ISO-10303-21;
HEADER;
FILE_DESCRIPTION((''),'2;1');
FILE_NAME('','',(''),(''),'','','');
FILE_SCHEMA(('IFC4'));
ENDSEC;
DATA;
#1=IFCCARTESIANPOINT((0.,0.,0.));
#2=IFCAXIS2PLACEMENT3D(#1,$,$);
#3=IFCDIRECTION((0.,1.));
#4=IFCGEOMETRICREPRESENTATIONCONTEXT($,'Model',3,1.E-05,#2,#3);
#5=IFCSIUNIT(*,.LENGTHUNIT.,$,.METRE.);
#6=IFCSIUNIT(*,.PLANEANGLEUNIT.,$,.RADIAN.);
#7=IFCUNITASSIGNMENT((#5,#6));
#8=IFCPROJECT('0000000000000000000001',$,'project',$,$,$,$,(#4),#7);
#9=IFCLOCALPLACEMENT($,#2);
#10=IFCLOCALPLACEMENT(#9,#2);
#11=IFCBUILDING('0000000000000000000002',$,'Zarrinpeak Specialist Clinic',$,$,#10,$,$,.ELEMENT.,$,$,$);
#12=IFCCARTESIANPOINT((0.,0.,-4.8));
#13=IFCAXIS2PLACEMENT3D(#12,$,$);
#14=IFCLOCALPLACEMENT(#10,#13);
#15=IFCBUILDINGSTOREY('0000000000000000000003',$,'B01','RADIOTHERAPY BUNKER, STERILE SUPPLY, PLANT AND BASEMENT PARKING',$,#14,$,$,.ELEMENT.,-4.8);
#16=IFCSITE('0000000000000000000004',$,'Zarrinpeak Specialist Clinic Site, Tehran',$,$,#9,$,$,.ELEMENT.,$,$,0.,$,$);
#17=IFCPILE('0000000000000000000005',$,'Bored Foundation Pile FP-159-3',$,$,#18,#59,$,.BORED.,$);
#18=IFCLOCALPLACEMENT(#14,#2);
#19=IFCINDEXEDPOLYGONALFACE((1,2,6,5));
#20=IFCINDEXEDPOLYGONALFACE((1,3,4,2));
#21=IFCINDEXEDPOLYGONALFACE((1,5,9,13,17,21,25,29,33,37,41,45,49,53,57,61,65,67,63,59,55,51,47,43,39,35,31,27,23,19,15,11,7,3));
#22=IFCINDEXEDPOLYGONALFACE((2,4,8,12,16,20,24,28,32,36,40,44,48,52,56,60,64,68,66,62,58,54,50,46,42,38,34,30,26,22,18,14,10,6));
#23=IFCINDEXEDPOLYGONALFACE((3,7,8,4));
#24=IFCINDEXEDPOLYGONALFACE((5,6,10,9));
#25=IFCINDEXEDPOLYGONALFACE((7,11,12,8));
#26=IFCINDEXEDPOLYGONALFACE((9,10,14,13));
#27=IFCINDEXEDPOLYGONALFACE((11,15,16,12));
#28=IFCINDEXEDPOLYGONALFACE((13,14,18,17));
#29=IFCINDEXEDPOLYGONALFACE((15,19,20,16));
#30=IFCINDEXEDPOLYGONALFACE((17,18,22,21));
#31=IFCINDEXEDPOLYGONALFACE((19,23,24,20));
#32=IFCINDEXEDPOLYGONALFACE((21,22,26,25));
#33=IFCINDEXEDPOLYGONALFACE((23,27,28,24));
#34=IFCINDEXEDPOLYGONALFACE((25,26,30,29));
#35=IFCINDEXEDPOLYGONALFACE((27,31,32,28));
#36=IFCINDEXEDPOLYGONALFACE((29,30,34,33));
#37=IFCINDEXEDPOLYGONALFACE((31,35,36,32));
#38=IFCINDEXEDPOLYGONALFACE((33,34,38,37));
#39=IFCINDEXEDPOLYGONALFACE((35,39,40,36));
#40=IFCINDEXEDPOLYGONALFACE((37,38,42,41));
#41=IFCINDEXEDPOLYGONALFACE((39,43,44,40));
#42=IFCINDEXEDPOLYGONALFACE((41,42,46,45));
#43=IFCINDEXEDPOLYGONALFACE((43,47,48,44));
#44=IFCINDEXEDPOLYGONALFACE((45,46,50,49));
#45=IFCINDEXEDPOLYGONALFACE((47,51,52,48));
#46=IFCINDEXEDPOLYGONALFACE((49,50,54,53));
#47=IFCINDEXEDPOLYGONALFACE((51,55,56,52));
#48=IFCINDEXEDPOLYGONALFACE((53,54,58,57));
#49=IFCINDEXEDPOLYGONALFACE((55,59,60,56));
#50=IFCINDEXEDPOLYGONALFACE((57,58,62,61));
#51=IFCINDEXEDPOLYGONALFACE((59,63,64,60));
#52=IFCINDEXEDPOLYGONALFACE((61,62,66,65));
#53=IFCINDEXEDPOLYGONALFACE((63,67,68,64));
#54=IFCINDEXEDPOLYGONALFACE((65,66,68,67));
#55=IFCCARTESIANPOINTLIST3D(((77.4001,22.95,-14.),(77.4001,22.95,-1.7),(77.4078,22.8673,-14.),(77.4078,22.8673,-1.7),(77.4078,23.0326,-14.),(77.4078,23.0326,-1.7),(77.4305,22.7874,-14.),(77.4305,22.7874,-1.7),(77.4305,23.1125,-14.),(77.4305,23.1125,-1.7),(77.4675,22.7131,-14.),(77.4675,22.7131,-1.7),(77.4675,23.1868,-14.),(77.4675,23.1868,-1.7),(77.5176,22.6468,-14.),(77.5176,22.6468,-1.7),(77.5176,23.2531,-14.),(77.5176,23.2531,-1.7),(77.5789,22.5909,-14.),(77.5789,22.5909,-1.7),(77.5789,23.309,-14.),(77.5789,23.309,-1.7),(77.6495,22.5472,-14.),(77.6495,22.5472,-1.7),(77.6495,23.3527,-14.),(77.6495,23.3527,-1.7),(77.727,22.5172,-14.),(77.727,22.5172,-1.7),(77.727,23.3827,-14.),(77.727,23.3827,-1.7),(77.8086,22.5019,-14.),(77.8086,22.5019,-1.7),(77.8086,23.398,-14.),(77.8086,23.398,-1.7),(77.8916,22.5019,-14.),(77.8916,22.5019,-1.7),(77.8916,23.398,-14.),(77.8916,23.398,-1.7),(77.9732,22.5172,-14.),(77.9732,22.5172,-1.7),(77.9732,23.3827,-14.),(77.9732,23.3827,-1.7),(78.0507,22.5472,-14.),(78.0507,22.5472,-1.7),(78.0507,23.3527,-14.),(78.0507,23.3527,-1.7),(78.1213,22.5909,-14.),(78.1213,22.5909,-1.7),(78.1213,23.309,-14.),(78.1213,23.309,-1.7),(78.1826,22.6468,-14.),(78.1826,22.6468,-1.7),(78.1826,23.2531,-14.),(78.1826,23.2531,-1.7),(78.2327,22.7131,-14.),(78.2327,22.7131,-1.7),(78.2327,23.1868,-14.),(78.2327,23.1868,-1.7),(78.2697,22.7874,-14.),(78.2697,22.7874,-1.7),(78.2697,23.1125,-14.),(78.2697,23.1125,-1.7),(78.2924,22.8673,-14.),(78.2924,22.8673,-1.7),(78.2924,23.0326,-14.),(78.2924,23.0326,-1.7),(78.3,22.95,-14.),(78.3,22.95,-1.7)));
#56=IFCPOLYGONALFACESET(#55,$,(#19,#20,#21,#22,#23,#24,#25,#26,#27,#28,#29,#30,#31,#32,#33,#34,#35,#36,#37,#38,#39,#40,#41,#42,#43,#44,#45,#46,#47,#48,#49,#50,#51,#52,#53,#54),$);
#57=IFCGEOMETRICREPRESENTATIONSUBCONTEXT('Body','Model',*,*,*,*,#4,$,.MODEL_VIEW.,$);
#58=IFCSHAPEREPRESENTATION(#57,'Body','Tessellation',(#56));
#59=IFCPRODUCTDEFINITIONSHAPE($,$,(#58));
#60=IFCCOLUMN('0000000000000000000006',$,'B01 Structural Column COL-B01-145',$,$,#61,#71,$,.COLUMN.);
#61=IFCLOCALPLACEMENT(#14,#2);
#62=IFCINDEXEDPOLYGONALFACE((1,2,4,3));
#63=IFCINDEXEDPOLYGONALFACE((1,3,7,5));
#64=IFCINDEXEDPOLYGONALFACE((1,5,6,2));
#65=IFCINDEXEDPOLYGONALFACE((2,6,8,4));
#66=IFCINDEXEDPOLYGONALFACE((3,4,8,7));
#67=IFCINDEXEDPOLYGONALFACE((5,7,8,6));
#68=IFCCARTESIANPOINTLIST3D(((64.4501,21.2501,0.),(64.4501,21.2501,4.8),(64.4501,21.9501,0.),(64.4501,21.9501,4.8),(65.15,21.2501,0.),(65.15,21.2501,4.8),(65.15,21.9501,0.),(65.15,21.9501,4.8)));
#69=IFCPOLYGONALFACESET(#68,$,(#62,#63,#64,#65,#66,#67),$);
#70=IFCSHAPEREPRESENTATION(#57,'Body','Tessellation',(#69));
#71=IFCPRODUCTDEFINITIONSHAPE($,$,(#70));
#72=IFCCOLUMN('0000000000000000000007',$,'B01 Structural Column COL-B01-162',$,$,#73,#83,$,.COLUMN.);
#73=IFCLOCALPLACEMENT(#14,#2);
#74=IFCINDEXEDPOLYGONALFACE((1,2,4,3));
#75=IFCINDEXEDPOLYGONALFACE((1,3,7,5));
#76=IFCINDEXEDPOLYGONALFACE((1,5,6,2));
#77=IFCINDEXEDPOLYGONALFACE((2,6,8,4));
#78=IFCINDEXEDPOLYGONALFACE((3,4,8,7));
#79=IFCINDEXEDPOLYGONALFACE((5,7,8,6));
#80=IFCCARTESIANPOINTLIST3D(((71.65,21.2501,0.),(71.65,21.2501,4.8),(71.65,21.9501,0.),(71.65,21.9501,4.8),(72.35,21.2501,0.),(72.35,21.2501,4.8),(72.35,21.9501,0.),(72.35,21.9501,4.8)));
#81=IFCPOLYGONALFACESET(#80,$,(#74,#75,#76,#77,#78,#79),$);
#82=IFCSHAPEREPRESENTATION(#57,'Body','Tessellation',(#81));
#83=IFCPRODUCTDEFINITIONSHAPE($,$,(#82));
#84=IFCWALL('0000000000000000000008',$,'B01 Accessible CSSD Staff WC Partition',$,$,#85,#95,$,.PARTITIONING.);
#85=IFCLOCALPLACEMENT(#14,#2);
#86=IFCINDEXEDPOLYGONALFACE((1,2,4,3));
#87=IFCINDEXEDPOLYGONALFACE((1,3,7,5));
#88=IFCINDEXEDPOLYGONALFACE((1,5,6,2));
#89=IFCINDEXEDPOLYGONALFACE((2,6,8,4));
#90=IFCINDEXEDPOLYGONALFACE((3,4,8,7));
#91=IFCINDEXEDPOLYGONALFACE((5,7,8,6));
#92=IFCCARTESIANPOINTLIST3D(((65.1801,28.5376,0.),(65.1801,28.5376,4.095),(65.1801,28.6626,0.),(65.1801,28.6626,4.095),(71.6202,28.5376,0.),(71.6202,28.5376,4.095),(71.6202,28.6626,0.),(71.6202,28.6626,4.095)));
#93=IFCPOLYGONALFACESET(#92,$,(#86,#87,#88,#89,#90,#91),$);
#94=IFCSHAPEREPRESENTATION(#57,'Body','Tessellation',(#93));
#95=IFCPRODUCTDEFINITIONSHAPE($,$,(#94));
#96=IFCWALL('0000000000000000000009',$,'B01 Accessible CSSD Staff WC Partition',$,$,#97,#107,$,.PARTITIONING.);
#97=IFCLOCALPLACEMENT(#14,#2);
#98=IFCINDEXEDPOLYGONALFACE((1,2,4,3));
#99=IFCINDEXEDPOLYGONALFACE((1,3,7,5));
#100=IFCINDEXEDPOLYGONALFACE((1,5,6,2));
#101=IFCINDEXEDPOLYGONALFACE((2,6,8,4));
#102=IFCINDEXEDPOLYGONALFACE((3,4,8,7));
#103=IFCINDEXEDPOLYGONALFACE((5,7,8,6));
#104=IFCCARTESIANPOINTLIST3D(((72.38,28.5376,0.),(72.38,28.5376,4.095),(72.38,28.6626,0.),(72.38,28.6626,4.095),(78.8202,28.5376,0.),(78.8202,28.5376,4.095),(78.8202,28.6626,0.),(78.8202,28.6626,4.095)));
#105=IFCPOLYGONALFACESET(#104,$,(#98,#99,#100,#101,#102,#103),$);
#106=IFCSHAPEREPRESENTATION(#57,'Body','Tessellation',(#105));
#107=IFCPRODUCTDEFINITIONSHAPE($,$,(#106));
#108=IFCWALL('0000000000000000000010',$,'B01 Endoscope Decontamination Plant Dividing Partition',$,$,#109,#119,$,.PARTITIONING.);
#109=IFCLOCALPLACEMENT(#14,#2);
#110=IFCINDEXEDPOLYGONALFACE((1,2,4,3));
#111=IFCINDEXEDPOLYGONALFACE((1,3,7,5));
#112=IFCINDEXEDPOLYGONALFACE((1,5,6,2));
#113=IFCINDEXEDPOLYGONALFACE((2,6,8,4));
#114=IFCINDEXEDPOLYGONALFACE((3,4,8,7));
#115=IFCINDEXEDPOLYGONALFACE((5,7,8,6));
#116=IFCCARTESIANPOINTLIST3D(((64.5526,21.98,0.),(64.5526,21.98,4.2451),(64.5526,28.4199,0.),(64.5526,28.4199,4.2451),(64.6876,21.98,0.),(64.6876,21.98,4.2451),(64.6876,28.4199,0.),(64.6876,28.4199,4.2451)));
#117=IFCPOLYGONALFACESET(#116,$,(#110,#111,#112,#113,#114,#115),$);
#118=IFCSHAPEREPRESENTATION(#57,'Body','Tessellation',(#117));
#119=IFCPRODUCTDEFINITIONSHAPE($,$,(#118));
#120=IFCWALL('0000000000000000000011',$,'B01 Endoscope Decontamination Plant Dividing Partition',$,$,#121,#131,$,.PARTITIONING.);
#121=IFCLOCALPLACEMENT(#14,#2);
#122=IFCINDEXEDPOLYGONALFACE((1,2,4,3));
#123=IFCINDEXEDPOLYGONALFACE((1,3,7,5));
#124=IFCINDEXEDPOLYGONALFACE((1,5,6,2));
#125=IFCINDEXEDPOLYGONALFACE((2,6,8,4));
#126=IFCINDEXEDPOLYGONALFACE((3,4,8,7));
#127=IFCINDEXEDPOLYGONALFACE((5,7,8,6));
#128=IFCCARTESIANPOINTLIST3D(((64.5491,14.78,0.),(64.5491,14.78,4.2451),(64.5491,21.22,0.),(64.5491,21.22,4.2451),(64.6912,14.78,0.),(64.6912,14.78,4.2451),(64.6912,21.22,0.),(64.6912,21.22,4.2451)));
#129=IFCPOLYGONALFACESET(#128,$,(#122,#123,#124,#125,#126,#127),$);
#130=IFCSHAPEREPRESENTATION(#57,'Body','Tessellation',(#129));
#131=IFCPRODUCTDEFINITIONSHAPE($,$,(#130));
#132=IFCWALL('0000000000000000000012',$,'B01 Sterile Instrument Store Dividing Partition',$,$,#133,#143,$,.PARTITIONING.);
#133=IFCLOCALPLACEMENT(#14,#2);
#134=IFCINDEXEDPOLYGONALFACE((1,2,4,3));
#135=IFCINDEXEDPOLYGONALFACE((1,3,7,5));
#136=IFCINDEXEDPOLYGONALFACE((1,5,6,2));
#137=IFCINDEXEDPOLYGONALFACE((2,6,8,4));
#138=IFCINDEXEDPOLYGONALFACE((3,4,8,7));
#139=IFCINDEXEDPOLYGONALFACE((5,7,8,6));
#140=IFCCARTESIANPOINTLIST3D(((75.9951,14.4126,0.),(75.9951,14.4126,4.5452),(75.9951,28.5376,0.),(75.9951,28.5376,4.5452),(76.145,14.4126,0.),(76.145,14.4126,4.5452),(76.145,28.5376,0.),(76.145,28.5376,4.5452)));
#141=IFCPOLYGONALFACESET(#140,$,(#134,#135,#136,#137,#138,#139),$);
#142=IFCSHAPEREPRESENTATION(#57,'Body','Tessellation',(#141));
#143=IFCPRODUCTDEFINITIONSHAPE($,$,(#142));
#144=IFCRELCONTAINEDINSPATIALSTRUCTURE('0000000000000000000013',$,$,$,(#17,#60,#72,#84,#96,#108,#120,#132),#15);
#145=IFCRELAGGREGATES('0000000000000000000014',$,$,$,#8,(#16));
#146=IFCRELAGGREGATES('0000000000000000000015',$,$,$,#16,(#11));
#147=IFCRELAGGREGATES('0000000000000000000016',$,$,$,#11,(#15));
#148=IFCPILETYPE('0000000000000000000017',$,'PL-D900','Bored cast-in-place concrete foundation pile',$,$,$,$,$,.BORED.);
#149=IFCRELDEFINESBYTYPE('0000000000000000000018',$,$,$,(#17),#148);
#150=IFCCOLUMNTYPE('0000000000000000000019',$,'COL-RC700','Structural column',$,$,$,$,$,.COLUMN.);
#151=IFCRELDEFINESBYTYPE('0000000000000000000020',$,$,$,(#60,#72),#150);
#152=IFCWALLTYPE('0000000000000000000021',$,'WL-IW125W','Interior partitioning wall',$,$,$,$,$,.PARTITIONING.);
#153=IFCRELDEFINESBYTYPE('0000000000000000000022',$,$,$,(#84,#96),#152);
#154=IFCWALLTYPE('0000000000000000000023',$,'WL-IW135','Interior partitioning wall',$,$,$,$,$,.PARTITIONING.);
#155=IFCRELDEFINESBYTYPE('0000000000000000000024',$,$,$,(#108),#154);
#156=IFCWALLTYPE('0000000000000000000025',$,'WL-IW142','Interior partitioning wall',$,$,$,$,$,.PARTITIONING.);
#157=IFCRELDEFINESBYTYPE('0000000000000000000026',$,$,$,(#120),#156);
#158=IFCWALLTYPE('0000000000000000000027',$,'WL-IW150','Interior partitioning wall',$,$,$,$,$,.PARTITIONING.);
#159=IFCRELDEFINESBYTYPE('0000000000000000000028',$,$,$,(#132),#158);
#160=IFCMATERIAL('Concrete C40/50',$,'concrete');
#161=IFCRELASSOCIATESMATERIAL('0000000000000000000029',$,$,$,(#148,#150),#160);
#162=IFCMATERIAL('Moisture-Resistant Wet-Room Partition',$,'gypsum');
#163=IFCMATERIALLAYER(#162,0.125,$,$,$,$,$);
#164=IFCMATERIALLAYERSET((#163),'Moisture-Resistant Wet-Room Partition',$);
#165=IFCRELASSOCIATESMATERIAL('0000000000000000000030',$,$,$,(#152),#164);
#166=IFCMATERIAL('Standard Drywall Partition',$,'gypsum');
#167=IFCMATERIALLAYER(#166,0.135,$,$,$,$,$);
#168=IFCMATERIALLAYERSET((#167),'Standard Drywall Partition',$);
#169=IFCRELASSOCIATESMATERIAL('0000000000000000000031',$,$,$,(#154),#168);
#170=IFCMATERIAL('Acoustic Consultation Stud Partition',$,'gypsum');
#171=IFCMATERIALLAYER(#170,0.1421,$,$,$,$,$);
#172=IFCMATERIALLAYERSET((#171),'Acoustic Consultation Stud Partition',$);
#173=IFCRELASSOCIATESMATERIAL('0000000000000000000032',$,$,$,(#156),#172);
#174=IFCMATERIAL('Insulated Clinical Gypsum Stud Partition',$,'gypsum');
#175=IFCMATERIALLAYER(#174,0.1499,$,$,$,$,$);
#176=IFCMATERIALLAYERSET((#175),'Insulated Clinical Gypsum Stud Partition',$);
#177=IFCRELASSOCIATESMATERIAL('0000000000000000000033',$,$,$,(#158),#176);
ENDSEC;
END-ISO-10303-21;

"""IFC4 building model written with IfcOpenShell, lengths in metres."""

from ifc_helpers import new_model, si_unit, direction, frame, frame_2d, origin, origin_2d, place, context, subcontext, project, spatial, rectangle, circle, extrude, material, layer, layer_set, material_profile, profile_set, type_object, element, save


model = new_model("IFC4")

# Units and contexts
model_context = context("Model", 3, precision=1e-05, world=origin(), true_north=direction((0.0, 1.0)))
body_context = subcontext(model_context, "Body", "Model", "MODEL_VIEW")
ifc_project = project(units=[si_unit("LENGTHUNIT", "METRE"), si_unit("PLANEANGLEUNIT", "RADIAN")], contexts=[model_context])

# Site, building, storey
site_placement = place(None, origin())
site = spatial("IfcSite", under=ifc_project, at=site_placement, Name="Zarrinpeak Specialist Clinic Site, Tehran", CompositionType="ELEMENT", RefElevation=0.0)
building_placement = place(site_placement, origin())
building = spatial("IfcBuilding", under=site, at=building_placement, Name="Zarrinpeak Specialist Clinic", CompositionType="ELEMENT")
storey_placement = place(building_placement, frame((0.0, 0.0, -4.8)))
storey = spatial("IfcBuildingStorey", under=building, at=storey_placement, Name="B01", Description="RADIOTHERAPY BUNKER, STERILE SUPPLY, PLANT AND BASEMENT PARKING", CompositionType="ELEMENT", Elevation=-4.8)

# Shared definitions
ifc_material_1 = material(Name="Concrete C40/50", Category="concrete")

# Pile
ifc_material_profile_1 = material_profile(ifc_material_1, circle(Radius=0.45, at=origin_2d()), Name="BORED PILE D900")
ifc_profile_set_1 = profile_set([ifc_material_profile_1], Name="Concrete C40/50")
pile_type = type_object("IfcPileType", Name="PL-D900", Description="Bored cast-in-place concrete foundation pile", PredefinedType="BORED", material=ifc_profile_set_1)
for number, where, z_axis, x_axis, name in (
    (1, (77.8501, 22.95, -1.7), (0.0, 0.0, -1.0), (1.0, 0.0, 0.0), "Bored Foundation Pile FP-159-3"),
):
    element("IfcPile", number, at=place(storey_placement, frame(where, z_axis=z_axis, x_axis=x_axis)), inside=storey, type_object=pile_type, Name=name, PredefinedType="BORED", context=body_context, shape_type="SweptSolid", body=[
        extrude(circle(Radius=0.45, at=origin_2d()), origin(), (0.0, 0.0, 1.0), 12.3),
    ])

# Columns
ifc_material_profile_2 = material_profile(ifc_material_1, rectangle(XDim=0.7, YDim=0.7, at=origin_2d()), Name="RC 700x700")
ifc_profile_set_2 = profile_set([ifc_material_profile_2], Name="Concrete C40/50")
column_type = type_object("IfcColumnType", Name="COL-RC700", Description="Structural column", PredefinedType="COLUMN", material=ifc_profile_set_2)
for number, where, z_axis, x_axis, name in (
    (2, (64.8, 21.6001, 0.0), (0.0, 0.0, 1.0), (1.0, 0.0, 0.0), "B01 Structural Column COL-B01-145"),
    (3, (72.0, 21.6001, 0.0), (0.0, 0.0, 1.0), (1.0, 0.0, 0.0), "B01 Structural Column COL-B01-162"),
):
    element("IfcColumn", number, at=place(storey_placement, frame(where, z_axis=z_axis, x_axis=x_axis)), inside=storey, type_object=column_type, Name=name, PredefinedType="COLUMN", context=body_context, shape_type="SweptSolid", body=[
        extrude(rectangle(XDim=0.7, YDim=0.7, at=origin_2d()), origin(), (0.0, 0.0, 1.0), 4.8),
    ])

# Walls
ifc_material_2 = material(Name="Moisture-Resistant Wet-Room Partition", Category="gypsum")
ifc_layer_1 = layer(ifc_material_2, 0.125)
ifc_layer_set_1 = layer_set([ifc_layer_1], Name="Moisture-Resistant Wet-Room Partition")
wall_type_1 = type_object("IfcWallType", Name="WL-IW125W", Description="Interior partitioning wall", PredefinedType="PARTITIONING", material=ifc_layer_set_1)
for number, where, z_axis, x_axis, name in (
    (4, (65.1799, 28.6001, 0.0), (0.0, 0.0, 1.0), (1.0, 0.0, 0.0), "B01 Accessible CSSD Staff WC Partition"),
    (5, (72.3799, 28.6001, 0.0), (0.0, 0.0, 1.0), (1.0, 0.0, 0.0), "B01 Accessible CSSD Staff WC Partition"),
):
    element("IfcWall", number, at=place(storey_placement, frame(where, z_axis=z_axis, x_axis=x_axis)), inside=storey, type_object=wall_type_1, Name=name, PredefinedType="PARTITIONING", context=body_context, shape_type="SweptSolid", body=[
        extrude(rectangle(XDim=6.4402, YDim=0.125, at=frame_2d((3.2202, 0.0))), origin(), (0.0, 0.0, 1.0), 4.095),
    ])
ifc_material_3 = material(Name="Standard Drywall Partition", Category="gypsum")
ifc_layer_2 = layer(ifc_material_3, 0.135)
ifc_layer_set_2 = layer_set([ifc_layer_2], Name="Standard Drywall Partition")
wall_type_2 = type_object("IfcWallType", Name="WL-IW135", Description="Interior partitioning wall", PredefinedType="PARTITIONING", material=ifc_layer_set_2)
wall_1_placement = place(storey_placement, frame((64.6201, 21.98, 0.0), z_axis=(0.0, 0.0, 1.0), x_axis=(0.0, 1.0, 0.0)))
element("IfcWall", 6, at=wall_1_placement, inside=storey, type_object=wall_type_2, Name="B01 Endoscope Decontamination Plant Dividing Partition", PredefinedType="PARTITIONING", context=body_context, shape_type="SweptSolid", body=[
    extrude(rectangle(XDim=6.4399, YDim=0.135, at=frame_2d((3.22, 0.0))), origin(), (0.0, 0.0, 1.0), 4.2451),
])
ifc_material_4 = material(Name="Acoustic Consultation Stud Partition", Category="gypsum")
ifc_layer_3 = layer(ifc_material_4, 0.1421)
ifc_layer_set_3 = layer_set([ifc_layer_3], Name="Acoustic Consultation Stud Partition")
wall_type_3 = type_object("IfcWallType", Name="WL-IW142", Description="Interior partitioning wall", PredefinedType="PARTITIONING", material=ifc_layer_set_3)
wall_2_placement = place(storey_placement, frame((64.6201, 14.78, 0.0), z_axis=(0.0, 0.0, 1.0), x_axis=(0.0, 1.0, 0.0)))
element("IfcWall", 7, at=wall_2_placement, inside=storey, type_object=wall_type_3, Name="B01 Endoscope Decontamination Plant Dividing Partition", PredefinedType="PARTITIONING", context=body_context, shape_type="SweptSolid", body=[
    extrude(rectangle(XDim=6.4399, YDim=0.1421, at=frame_2d((3.22, 0.0))), origin(), (0.0, 0.0, 1.0), 4.2451),
])
ifc_material_5 = material(Name="Insulated Clinical Gypsum Stud Partition", Category="gypsum")
ifc_layer_4 = layer(ifc_material_5, 0.1499)
ifc_layer_set_4 = layer_set([ifc_layer_4], Name="Insulated Clinical Gypsum Stud Partition")
wall_type_4 = type_object("IfcWallType", Name="WL-IW150", Description="Interior partitioning wall", PredefinedType="PARTITIONING", material=ifc_layer_set_4)
wall_3_placement = place(storey_placement, frame((76.0701, 14.4126, 0.0), z_axis=(0.0, 0.0, 1.0), x_axis=(0.0, 1.0, 0.0)))
element("IfcWall", 8, at=wall_3_placement, inside=storey, type_object=wall_type_4, Name="B01 Sterile Instrument Store Dividing Partition", PredefinedType="PARTITIONING", context=body_context, shape_type="SweptSolid", body=[
    extrude(rectangle(XDim=14.125, YDim=0.1499, at=frame_2d((7.0625, 0.0))), origin(), (0.0, 0.0, 1.0), 4.5452),
])

save(model, "model.ifc")
